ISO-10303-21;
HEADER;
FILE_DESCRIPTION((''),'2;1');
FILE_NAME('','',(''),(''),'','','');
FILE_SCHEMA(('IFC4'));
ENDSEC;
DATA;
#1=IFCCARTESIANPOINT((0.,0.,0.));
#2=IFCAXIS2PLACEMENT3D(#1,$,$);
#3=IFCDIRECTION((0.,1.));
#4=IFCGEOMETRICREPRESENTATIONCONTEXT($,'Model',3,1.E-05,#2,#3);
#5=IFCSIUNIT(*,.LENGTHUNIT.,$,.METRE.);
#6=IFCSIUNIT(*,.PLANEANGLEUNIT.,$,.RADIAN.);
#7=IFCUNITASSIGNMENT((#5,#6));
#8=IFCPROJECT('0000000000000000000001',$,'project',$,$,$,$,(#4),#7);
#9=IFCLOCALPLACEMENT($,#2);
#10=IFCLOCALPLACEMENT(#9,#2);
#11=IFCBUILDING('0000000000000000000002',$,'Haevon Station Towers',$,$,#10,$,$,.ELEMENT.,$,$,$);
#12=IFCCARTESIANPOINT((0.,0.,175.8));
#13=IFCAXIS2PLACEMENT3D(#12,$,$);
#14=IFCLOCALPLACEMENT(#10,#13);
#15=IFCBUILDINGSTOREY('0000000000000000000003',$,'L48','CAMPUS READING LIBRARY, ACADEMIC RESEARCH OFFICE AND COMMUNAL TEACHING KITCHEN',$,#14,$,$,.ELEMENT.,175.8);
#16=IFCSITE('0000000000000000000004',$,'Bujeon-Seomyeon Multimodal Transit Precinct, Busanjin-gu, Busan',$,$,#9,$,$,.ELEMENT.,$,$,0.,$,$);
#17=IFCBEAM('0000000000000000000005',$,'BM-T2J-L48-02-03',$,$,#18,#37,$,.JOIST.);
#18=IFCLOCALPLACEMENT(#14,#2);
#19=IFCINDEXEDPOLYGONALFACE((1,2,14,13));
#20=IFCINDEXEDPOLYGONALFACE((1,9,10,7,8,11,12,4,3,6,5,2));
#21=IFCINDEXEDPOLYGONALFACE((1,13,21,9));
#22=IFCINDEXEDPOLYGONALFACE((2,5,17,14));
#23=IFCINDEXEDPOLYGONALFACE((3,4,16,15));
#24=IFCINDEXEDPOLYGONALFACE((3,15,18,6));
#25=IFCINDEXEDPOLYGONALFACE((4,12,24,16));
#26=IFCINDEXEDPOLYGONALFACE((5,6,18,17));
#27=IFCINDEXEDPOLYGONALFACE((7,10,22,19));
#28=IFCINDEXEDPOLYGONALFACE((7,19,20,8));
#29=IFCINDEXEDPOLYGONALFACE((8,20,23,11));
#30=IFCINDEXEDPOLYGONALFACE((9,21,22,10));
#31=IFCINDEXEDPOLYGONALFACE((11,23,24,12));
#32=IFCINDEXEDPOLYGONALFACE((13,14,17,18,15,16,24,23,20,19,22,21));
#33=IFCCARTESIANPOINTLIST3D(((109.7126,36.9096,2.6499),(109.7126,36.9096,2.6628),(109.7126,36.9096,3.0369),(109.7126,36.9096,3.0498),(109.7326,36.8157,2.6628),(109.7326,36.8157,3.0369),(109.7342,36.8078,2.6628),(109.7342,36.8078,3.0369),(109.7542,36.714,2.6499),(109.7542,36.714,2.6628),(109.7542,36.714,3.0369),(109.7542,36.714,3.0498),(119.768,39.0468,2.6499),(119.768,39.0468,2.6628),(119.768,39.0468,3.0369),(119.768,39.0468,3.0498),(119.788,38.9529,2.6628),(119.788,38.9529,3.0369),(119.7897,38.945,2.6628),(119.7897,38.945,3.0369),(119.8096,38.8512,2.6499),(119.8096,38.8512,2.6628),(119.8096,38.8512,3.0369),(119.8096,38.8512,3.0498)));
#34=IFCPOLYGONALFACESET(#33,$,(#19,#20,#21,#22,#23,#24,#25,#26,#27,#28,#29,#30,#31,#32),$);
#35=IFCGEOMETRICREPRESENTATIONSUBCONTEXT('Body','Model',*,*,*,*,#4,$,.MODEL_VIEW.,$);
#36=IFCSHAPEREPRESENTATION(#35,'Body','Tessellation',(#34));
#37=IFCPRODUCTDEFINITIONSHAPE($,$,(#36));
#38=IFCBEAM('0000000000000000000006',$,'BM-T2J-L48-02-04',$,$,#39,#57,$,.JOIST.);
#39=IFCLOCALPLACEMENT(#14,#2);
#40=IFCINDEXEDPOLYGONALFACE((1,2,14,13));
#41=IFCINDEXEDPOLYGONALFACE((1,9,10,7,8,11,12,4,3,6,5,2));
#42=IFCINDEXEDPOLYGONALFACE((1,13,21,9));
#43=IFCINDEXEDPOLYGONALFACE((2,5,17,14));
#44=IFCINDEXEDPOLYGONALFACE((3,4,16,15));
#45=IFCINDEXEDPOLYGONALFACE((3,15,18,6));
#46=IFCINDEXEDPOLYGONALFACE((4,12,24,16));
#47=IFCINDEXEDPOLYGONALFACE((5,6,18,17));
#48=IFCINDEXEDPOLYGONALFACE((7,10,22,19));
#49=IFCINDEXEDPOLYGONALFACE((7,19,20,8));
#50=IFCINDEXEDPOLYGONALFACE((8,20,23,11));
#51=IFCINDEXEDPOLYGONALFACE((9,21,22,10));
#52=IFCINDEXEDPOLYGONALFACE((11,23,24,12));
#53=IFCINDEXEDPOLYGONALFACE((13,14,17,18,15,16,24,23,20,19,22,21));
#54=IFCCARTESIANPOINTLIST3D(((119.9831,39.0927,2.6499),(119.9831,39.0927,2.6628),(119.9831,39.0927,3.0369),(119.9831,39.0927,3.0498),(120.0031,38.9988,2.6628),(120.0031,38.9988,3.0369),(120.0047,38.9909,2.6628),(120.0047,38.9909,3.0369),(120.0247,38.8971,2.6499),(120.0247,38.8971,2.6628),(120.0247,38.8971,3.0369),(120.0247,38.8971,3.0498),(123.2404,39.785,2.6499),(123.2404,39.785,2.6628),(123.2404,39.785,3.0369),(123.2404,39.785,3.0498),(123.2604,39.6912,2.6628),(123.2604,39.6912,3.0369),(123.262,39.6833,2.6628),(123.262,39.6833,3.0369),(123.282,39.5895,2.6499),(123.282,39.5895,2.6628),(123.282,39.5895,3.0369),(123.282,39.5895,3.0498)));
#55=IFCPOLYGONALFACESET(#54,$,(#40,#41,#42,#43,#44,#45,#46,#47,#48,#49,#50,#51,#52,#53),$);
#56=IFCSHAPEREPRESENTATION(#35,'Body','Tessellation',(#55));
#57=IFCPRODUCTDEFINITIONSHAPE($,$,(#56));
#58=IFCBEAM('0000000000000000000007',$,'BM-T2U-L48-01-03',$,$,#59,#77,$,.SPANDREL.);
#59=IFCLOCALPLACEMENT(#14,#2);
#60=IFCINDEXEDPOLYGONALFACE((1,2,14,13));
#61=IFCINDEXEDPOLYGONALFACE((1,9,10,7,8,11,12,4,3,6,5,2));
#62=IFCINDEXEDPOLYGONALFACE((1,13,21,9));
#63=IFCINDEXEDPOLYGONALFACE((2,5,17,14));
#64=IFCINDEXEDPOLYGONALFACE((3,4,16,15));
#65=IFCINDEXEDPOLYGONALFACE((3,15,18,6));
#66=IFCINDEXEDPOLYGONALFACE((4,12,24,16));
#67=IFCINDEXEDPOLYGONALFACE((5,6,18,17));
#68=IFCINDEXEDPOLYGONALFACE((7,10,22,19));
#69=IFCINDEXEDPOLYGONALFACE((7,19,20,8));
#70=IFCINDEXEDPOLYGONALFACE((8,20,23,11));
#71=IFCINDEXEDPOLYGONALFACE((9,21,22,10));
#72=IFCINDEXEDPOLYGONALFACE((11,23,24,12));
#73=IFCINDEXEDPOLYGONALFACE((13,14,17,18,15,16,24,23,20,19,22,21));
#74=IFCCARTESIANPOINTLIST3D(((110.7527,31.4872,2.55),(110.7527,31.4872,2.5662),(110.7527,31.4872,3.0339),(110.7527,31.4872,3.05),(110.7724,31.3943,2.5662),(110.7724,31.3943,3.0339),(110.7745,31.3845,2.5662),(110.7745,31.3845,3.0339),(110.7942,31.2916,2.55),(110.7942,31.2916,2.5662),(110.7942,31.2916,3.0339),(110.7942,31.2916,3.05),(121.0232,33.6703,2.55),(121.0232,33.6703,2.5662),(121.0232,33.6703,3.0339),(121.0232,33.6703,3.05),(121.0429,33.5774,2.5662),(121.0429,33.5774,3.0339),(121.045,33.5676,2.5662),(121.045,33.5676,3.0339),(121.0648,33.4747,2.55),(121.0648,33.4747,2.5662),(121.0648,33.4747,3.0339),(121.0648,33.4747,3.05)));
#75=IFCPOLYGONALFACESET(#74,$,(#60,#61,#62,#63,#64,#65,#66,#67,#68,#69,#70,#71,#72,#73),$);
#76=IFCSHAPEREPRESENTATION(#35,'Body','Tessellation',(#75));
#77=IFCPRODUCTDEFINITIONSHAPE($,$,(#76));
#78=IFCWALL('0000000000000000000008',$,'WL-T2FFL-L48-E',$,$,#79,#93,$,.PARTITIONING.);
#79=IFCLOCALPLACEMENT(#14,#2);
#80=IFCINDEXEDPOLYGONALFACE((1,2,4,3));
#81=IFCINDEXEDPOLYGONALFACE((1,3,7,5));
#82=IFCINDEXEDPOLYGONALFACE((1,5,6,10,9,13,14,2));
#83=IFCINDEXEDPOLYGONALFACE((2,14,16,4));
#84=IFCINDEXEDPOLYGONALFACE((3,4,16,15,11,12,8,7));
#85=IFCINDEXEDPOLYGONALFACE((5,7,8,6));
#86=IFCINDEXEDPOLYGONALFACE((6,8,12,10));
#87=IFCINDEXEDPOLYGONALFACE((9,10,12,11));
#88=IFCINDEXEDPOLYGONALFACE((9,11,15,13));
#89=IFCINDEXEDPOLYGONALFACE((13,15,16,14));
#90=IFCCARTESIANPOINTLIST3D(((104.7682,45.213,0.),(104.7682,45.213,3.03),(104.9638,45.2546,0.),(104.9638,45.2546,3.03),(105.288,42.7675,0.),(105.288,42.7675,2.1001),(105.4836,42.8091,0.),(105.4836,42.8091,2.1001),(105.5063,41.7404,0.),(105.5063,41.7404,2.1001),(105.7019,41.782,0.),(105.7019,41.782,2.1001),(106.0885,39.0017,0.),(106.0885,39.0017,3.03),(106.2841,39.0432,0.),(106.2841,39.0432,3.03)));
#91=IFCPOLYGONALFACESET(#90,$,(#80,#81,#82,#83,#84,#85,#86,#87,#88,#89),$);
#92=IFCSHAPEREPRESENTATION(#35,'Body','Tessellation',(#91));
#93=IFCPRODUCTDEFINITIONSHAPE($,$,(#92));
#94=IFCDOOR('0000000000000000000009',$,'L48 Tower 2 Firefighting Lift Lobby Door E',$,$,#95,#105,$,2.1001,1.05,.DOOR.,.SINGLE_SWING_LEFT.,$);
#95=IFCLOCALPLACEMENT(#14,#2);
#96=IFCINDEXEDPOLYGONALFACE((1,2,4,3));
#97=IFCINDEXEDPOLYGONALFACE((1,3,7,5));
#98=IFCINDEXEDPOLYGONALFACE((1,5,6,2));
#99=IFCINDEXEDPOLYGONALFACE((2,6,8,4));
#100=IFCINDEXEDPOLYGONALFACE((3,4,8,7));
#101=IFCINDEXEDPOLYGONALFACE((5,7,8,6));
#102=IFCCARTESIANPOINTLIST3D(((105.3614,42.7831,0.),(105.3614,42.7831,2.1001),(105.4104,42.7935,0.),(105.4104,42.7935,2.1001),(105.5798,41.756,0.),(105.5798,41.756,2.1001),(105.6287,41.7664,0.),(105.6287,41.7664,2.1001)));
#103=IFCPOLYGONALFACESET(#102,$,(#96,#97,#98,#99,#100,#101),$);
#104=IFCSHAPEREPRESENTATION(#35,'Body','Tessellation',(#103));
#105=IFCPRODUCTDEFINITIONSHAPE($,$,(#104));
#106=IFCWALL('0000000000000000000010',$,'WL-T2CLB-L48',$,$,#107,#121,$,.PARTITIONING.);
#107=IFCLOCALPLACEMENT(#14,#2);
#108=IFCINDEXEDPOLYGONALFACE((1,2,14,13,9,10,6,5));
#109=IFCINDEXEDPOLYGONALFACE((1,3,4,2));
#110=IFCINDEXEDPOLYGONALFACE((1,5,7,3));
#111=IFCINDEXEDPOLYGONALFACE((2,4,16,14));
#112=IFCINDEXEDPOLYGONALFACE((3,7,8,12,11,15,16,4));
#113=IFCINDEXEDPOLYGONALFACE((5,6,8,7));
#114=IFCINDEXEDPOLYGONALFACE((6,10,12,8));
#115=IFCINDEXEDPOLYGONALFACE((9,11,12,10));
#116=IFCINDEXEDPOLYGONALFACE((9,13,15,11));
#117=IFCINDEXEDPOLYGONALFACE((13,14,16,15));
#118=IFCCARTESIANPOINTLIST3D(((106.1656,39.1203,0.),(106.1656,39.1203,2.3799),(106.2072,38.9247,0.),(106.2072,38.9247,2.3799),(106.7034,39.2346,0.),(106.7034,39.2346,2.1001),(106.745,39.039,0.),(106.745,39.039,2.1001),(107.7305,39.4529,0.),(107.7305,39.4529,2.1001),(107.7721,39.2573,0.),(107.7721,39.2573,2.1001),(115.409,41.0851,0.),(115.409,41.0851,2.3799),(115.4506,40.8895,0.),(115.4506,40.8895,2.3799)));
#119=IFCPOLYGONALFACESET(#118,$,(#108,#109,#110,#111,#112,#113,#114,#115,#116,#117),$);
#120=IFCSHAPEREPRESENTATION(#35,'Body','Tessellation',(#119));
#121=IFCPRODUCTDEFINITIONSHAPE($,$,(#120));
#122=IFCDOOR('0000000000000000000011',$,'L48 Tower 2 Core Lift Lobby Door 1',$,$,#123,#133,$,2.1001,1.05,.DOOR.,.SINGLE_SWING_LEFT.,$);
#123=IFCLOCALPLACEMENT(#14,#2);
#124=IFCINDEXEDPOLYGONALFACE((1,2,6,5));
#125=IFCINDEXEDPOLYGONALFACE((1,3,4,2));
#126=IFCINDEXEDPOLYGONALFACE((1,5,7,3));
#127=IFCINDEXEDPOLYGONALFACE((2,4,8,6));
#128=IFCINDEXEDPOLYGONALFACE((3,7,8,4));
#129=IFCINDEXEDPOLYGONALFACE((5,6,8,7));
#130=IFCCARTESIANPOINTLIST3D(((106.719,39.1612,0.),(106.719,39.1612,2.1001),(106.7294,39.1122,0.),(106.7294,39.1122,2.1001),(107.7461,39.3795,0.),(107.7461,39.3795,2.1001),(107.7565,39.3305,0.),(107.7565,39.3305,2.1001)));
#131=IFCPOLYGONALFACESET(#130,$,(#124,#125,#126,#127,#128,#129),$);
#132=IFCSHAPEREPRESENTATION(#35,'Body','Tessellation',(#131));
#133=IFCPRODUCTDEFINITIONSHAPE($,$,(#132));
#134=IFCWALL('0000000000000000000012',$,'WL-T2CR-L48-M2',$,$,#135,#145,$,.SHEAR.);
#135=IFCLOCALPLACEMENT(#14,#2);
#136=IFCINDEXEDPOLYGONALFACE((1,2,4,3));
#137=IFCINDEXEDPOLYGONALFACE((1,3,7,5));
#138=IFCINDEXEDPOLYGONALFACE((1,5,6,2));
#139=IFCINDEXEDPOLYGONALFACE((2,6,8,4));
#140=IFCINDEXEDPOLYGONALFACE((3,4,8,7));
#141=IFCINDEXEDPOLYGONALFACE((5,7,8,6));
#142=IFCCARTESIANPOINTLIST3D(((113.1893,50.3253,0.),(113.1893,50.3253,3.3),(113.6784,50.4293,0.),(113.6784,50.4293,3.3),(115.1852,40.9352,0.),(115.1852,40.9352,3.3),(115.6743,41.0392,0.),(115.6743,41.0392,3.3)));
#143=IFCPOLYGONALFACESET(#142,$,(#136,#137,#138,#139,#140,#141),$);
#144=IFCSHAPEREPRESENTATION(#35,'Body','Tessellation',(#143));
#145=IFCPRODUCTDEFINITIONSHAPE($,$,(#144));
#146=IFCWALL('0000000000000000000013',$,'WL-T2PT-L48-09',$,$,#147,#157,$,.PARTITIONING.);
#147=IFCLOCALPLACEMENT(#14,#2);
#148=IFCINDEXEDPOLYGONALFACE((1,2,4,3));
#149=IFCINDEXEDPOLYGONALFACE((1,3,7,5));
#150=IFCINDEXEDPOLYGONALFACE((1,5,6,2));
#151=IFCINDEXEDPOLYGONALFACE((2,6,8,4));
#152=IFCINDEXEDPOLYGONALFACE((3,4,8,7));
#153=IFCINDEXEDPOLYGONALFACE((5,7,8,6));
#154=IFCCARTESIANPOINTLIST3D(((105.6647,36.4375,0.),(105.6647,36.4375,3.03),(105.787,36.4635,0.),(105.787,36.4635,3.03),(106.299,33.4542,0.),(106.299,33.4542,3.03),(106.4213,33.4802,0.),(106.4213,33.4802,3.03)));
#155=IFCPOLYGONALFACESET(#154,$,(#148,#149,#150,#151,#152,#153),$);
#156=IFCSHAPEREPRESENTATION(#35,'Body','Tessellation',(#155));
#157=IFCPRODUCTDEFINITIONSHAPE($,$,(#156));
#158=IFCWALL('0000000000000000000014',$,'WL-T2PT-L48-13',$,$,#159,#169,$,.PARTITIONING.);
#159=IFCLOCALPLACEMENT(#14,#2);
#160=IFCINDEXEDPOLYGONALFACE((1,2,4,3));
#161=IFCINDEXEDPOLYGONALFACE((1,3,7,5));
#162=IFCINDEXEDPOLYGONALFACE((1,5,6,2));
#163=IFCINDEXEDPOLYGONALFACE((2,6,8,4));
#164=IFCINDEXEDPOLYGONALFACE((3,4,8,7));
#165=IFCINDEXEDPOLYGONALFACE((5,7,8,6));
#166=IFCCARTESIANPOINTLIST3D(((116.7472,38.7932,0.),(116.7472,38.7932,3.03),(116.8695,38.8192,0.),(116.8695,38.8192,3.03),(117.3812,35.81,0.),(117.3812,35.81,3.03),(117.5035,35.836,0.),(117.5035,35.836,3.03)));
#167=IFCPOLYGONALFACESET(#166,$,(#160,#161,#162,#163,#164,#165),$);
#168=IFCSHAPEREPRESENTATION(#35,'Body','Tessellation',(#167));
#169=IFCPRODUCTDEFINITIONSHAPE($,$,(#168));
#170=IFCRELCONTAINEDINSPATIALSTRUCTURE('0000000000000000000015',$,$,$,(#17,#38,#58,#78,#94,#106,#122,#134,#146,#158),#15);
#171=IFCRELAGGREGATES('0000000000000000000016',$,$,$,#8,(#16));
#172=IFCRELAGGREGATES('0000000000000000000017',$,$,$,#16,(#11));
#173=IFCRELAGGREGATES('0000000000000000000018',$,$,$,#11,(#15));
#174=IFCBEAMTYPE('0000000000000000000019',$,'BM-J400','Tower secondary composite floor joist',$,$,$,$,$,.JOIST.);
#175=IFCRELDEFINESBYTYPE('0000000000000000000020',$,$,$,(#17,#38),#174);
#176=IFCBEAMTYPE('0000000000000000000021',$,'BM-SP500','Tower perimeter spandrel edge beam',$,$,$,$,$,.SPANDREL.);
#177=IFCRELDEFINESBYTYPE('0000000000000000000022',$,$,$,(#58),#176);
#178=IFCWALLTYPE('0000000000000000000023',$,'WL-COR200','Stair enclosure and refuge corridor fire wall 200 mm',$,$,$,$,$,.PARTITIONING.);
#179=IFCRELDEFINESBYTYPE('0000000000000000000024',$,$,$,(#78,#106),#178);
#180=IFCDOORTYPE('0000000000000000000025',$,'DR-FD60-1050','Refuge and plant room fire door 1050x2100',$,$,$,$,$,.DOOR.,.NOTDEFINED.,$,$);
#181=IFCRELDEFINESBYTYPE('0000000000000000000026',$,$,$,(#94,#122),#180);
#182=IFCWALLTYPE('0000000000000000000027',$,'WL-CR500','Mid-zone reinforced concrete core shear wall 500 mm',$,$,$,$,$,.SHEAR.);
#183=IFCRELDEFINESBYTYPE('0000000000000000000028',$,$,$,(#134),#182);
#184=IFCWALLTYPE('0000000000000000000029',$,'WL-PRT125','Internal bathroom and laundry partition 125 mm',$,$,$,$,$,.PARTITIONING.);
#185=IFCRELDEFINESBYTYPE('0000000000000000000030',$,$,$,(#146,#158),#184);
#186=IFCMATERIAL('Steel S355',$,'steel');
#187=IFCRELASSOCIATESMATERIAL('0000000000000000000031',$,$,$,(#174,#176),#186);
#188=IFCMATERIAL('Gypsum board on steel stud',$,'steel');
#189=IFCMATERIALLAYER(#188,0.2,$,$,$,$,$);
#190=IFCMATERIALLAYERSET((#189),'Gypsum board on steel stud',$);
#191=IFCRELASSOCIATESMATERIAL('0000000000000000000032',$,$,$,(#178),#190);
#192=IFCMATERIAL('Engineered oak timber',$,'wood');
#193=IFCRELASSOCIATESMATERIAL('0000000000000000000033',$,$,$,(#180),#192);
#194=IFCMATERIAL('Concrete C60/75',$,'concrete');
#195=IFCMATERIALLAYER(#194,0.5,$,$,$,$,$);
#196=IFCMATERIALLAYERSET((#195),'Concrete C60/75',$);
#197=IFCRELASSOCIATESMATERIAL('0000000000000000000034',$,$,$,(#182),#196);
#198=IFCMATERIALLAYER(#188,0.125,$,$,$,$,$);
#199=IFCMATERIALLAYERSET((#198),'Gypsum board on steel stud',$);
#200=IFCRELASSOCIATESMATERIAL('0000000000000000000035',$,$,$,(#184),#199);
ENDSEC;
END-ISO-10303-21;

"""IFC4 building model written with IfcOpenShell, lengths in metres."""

from ifc_helpers import new_model, si_unit, direction, frame, frame_2d, origin, origin_2d, place, context, subcontext, project, spatial, rectangle, i_section, extrude, material, layer, layer_set, material_profile, profile_set, type_object, element, fill, save


model = new_model("IFC4")

# Units and contexts
model_context = context("Model", 3, precision=1e-05, world=origin(), true_north=direction((0.0, 1.0)))
body_context = subcontext(model_context, "Body", "Model", "MODEL_VIEW")
ifc_project = project(units=[si_unit("LENGTHUNIT", "METRE"), si_unit("PLANEANGLEUNIT", "RADIAN")], contexts=[model_context])

# Site, building, storey
site_placement = place(None, origin())
site = spatial("IfcSite", under=ifc_project, at=site_placement, Name="Bujeon-Seomyeon Multimodal Transit Precinct, Busanjin-gu, Busan", CompositionType="ELEMENT", RefElevation=0.0)
building_placement = place(site_placement, origin())
building = spatial("IfcBuilding", under=site, at=building_placement, Name="Haevon Station Towers", CompositionType="ELEMENT")
storey_placement = place(building_placement, frame((0.0, 0.0, 175.8)))
storey = spatial("IfcBuildingStorey", under=building, at=storey_placement, Name="L48", Description="CAMPUS READING LIBRARY, ACADEMIC RESEARCH OFFICE AND COMMUNAL TEACHING KITCHEN", CompositionType="ELEMENT", Elevation=175.8)

# Shared definitions
ifc_material_1 = material(Name="Steel S355", Category="steel")

# Beams
ifc_material_profile_1 = material_profile(ifc_material_1, i_section(OverallWidth=0.2, OverallDepth=0.3999, WebThickness=0.0081, FlangeThickness=0.0129, at=origin_2d()), Name="H-400x200x8x13")
ifc_profile_set_1 = profile_set([ifc_material_profile_1], Name="Steel S355")
beam_type_1 = type_object("IfcBeamType", Name="BM-J400", Description="Tower secondary composite floor joist", PredefinedType="JOIST", material=ifc_profile_set_1)
for number, where, z_axis, x_axis, name in (
    (1, (109.7334, 36.8118, 2.8499), (0.97815, 0.207899, 0.0), (-0.207899, 0.97815, 0.0), "BM-T2J-L48-02-03"),
):
    element("IfcBeam", number, at=place(storey_placement, frame(where, z_axis=z_axis, x_axis=x_axis)), inside=storey, type_object=beam_type_1, Name=name, PredefinedType="JOIST", context=body_context, shape_type="SweptSolid", body=[
        extrude(i_section(OverallWidth=0.2, OverallDepth=0.3999, WebThickness=0.0081, FlangeThickness=0.0129, at=origin_2d()), origin(), (0.0, 0.0, 1.0), 10.28),
    ])
beam_1_placement = place(storey_placement, frame((120.0039, 38.9949, 2.8499), z_axis=(0.978147, 0.207917, 0.0), x_axis=(-0.207917, 0.978147, 0.0)))
element("IfcBeam", 2, at=beam_1_placement, inside=storey, type_object=beam_type_1, Name="BM-T2J-L48-02-04", PredefinedType="JOIST", context=body_context, shape_type="SweptSolid", body=[
    extrude(i_section(OverallWidth=0.2, OverallDepth=0.3999, WebThickness=0.0081, FlangeThickness=0.0129, at=origin_2d()), origin(), (0.0, 0.0, 1.0), 3.3301),
])
ifc_material_profile_2 = material_profile(ifc_material_1, i_section(OverallWidth=0.2, OverallDepth=0.5, WebThickness=0.01, FlangeThickness=0.0161, at=origin_2d()), Name="H-500x200x10x16")
ifc_profile_set_2 = profile_set([ifc_material_profile_2], Name="Steel S355")
beam_type_2 = type_object("IfcBeamType", Name="BM-SP500", Description="Tower perimeter spandrel edge beam", PredefinedType="SPANDREL", material=ifc_profile_set_2)
beam_2_placement = place(storey_placement, frame((110.7734, 31.3894, 2.8), z_axis=(0.978147, 0.207915, 0.0), x_axis=(-0.207915, 0.978147, 0.0)))
element("IfcBeam", 3, at=beam_2_placement, inside=storey, type_object=beam_type_2, Name="BM-T2U-L48-01-03", PredefinedType="SPANDREL", context=body_context, shape_type="SweptSolid", body=[
    extrude(i_section(OverallWidth=0.2, OverallDepth=0.5, WebThickness=0.01, FlangeThickness=0.0161, at=origin_2d()), origin(), (0.0, 0.0, 1.0), 10.5),
])

# Walls, openings, doors
ifc_material_2 = material(Name="Gypsum board on steel stud", Category="steel")
ifc_layer_1 = layer(ifc_material_2, 0.2)
ifc_layer_set_1 = layer_set([ifc_layer_1], Name="Gypsum board on steel stud")
wall_type_1 = type_object("IfcWallType", Name="WL-COR200", Description="Stair enclosure and refuge corridor fire wall 200 mm", PredefinedType="PARTITIONING", material=ifc_layer_set_1)
wall_1_placement = place(storey_placement, frame((106.1863, 39.0225, 0.0), z_axis=(0.0, 0.0, 1.0), x_axis=(-0.207917, 0.978147, 0.0)))
wall_1 = element("IfcWall", 4, at=wall_1_placement, inside=storey, type_object=wall_type_1, Name="WL-T2FFL-L48-E", PredefinedType="PARTITIONING", context=body_context, shape_type="SweptSolid", body=[
    extrude(rectangle(XDim=6.3501, YDim=0.2, at=frame_2d((3.175, 0.0))), origin(), (0.0, 0.0, 1.0), 3.03),
])
opening_1_placement = place(wall_1_placement, frame((2.8, 0.0, 0.0)))
opening_1 = element("IfcOpeningElement", 5, at=opening_1_placement, cuts=wall_1, PredefinedType="OPENING", context=body_context, shape_type="SweptSolid", body=[
    extrude(rectangle(XDim=1.05, YDim=2.1001, at=frame_2d((0.5249, 1.05))), frame((0.0, 0.1099, 0.0), z_axis=(0.0, -1.0, 0.0), x_axis=(1.0, 0.0, 0.0)), (0.0, 0.0, 1.0), 0.22),
])
ifc_material_3 = material(Name="Engineered oak timber", Category="wood")
door_type = type_object("IfcDoorType", Name="DR-FD60-1050", Description="Refuge and plant room fire door 1050x2100", OperationType="NOTDEFINED", PredefinedType="DOOR", material=ifc_material_3)
door_1_placement = place(opening_1_placement, origin())
door_1 = element("IfcDoor", 6, at=door_1_placement, inside=storey, type_object=door_type, Name="L48 Tower 2 Firefighting Lift Lobby Door E", OperationType="SINGLE_SWING_LEFT", OverallHeight=2.1001, OverallWidth=1.05, PredefinedType="DOOR", context=body_context, shape_type="SweptSolid", body=[
    extrude(rectangle(XDim=1.05, YDim=2.1001, at=frame_2d((0.5249, 1.05))), frame((0.0, 0.0249, 0.0), z_axis=(0.0, -1.0, 0.0), x_axis=(1.0, 0.0, 0.0)), (0.0, 0.0, 1.0), 0.05),
])
fill(opening_1, door_1)
wall_2_placement = place(storey_placement, frame((106.1863, 39.0225, 0.0), z_axis=(0.0, 0.0, 1.0), x_axis=(0.978146, 0.207921, 0.0)))
wall_2 = element("IfcWall", 7, at=wall_2_placement, inside=storey, type_object=wall_type_1, Name="WL-T2CLB-L48", PredefinedType="PARTITIONING", context=body_context, shape_type="SweptSolid", body=[
    extrude(rectangle(XDim=9.45, YDim=0.2, at=frame_2d((4.7251, 0.0))), origin(), (0.0, 0.0, 1.0), 2.3799),
])
opening_2_placement = place(wall_2_placement, frame((0.55, 0.0, 0.0)))
opening_2 = element("IfcOpeningElement", 8, at=opening_2_placement, cuts=wall_2, PredefinedType="OPENING", context=body_context, shape_type="SweptSolid", body=[
    extrude(rectangle(XDim=1.05, YDim=2.1001, at=frame_2d((0.5249, 1.05))), frame((0.0, 0.1099, 0.0), z_axis=(0.0, -1.0, 0.0), x_axis=(1.0, 0.0, 0.0)), (0.0, 0.0, 1.0), 0.22),
])
door_2_placement = place(opening_2_placement, origin())
door_2 = element("IfcDoor", 9, at=door_2_placement, inside=storey, type_object=door_type, Name="L48 Tower 2 Core Lift Lobby Door 1", OperationType="SINGLE_SWING_LEFT", OverallHeight=2.1001, OverallWidth=1.05, PredefinedType="DOOR", context=body_context, shape_type="SweptSolid", body=[
    extrude(rectangle(XDim=1.05, YDim=2.1001, at=frame_2d((0.5249, 1.05))), frame((0.0, 0.0249, 0.0), z_axis=(0.0, -1.0, 0.0), x_axis=(1.0, 0.0, 0.0)), (0.0, 0.0, 1.0), 0.05),
])
fill(opening_2, door_2)

# Walls
ifc_material_4 = material(Name="Concrete C60/75", Category="concrete")
ifc_layer_2 = layer(ifc_material_4, 0.5)
ifc_layer_set_2 = layer_set([ifc_layer_2], Name="Concrete C60/75")
wall_type_2 = type_object("IfcWallType", Name="WL-CR500", Description="Mid-zone reinforced concrete core shear wall 500 mm", PredefinedType="SHEAR", material=ifc_layer_set_2)
wall_3_placement = place(storey_placement, frame((115.4297, 40.9873, 0.0), z_axis=(0.0, 0.0, 1.0), x_axis=(-0.207903, 0.978149, 0.0)))
element("IfcWall", 10, at=wall_3_placement, inside=storey, type_object=wall_type_2, Name="WL-T2CR-L48-M2", PredefinedType="SHEAR", context=body_context, shape_type="SweptSolid", body=[
    extrude(rectangle(XDim=9.5999, YDim=0.5, at=frame_2d((4.7998, 0.0))), origin(), (0.0, 0.0, 1.0), 3.3),
])
ifc_layer_3 = layer(ifc_material_2, 0.125)
ifc_layer_set_3 = layer_set([ifc_layer_3], Name="Gypsum board on steel stud")
wall_type_3 = type_object("IfcWallType", Name="WL-PRT125", Description="Internal bathroom and laundry partition 125 mm", PredefinedType="PARTITIONING", material=ifc_layer_set_3)
wall_4_placement = place(storey_placement, frame((106.3601, 33.4673, 0.0), z_axis=(0.0, 0.0, 1.0), x_axis=(-0.207954, 0.978139, 0.0)))
element("IfcWall", 11, at=wall_4_placement, inside=storey, type_object=wall_type_3, Name="WL-T2PT-L48-09", PredefinedType="PARTITIONING", context=body_context, shape_type="SweptSolid", body=[
    extrude(rectangle(XDim=3.05, YDim=0.125, at=frame_2d((1.5249, 0.0))), origin(), (0.0, 0.0, 1.0), 3.03),
])
wall_5_placement = place(storey_placement, frame((117.4424, 35.823, 0.0), z_axis=(0.0, 0.0, 1.0), x_axis=(-0.207894, 0.978151, 0.0)))
element("IfcWall", 12, at=wall_5_placement, inside=storey, type_object=wall_type_3, Name="WL-T2PT-L48-13", PredefinedType="PARTITIONING", context=body_context, shape_type="SweptSolid", body=[
    extrude(rectangle(XDim=3.0498, YDim=0.125, at=frame_2d((1.5249, 0.0))), origin(), (0.0, 0.0, 1.0), 3.03),
])

save(model, "model.ifc")
